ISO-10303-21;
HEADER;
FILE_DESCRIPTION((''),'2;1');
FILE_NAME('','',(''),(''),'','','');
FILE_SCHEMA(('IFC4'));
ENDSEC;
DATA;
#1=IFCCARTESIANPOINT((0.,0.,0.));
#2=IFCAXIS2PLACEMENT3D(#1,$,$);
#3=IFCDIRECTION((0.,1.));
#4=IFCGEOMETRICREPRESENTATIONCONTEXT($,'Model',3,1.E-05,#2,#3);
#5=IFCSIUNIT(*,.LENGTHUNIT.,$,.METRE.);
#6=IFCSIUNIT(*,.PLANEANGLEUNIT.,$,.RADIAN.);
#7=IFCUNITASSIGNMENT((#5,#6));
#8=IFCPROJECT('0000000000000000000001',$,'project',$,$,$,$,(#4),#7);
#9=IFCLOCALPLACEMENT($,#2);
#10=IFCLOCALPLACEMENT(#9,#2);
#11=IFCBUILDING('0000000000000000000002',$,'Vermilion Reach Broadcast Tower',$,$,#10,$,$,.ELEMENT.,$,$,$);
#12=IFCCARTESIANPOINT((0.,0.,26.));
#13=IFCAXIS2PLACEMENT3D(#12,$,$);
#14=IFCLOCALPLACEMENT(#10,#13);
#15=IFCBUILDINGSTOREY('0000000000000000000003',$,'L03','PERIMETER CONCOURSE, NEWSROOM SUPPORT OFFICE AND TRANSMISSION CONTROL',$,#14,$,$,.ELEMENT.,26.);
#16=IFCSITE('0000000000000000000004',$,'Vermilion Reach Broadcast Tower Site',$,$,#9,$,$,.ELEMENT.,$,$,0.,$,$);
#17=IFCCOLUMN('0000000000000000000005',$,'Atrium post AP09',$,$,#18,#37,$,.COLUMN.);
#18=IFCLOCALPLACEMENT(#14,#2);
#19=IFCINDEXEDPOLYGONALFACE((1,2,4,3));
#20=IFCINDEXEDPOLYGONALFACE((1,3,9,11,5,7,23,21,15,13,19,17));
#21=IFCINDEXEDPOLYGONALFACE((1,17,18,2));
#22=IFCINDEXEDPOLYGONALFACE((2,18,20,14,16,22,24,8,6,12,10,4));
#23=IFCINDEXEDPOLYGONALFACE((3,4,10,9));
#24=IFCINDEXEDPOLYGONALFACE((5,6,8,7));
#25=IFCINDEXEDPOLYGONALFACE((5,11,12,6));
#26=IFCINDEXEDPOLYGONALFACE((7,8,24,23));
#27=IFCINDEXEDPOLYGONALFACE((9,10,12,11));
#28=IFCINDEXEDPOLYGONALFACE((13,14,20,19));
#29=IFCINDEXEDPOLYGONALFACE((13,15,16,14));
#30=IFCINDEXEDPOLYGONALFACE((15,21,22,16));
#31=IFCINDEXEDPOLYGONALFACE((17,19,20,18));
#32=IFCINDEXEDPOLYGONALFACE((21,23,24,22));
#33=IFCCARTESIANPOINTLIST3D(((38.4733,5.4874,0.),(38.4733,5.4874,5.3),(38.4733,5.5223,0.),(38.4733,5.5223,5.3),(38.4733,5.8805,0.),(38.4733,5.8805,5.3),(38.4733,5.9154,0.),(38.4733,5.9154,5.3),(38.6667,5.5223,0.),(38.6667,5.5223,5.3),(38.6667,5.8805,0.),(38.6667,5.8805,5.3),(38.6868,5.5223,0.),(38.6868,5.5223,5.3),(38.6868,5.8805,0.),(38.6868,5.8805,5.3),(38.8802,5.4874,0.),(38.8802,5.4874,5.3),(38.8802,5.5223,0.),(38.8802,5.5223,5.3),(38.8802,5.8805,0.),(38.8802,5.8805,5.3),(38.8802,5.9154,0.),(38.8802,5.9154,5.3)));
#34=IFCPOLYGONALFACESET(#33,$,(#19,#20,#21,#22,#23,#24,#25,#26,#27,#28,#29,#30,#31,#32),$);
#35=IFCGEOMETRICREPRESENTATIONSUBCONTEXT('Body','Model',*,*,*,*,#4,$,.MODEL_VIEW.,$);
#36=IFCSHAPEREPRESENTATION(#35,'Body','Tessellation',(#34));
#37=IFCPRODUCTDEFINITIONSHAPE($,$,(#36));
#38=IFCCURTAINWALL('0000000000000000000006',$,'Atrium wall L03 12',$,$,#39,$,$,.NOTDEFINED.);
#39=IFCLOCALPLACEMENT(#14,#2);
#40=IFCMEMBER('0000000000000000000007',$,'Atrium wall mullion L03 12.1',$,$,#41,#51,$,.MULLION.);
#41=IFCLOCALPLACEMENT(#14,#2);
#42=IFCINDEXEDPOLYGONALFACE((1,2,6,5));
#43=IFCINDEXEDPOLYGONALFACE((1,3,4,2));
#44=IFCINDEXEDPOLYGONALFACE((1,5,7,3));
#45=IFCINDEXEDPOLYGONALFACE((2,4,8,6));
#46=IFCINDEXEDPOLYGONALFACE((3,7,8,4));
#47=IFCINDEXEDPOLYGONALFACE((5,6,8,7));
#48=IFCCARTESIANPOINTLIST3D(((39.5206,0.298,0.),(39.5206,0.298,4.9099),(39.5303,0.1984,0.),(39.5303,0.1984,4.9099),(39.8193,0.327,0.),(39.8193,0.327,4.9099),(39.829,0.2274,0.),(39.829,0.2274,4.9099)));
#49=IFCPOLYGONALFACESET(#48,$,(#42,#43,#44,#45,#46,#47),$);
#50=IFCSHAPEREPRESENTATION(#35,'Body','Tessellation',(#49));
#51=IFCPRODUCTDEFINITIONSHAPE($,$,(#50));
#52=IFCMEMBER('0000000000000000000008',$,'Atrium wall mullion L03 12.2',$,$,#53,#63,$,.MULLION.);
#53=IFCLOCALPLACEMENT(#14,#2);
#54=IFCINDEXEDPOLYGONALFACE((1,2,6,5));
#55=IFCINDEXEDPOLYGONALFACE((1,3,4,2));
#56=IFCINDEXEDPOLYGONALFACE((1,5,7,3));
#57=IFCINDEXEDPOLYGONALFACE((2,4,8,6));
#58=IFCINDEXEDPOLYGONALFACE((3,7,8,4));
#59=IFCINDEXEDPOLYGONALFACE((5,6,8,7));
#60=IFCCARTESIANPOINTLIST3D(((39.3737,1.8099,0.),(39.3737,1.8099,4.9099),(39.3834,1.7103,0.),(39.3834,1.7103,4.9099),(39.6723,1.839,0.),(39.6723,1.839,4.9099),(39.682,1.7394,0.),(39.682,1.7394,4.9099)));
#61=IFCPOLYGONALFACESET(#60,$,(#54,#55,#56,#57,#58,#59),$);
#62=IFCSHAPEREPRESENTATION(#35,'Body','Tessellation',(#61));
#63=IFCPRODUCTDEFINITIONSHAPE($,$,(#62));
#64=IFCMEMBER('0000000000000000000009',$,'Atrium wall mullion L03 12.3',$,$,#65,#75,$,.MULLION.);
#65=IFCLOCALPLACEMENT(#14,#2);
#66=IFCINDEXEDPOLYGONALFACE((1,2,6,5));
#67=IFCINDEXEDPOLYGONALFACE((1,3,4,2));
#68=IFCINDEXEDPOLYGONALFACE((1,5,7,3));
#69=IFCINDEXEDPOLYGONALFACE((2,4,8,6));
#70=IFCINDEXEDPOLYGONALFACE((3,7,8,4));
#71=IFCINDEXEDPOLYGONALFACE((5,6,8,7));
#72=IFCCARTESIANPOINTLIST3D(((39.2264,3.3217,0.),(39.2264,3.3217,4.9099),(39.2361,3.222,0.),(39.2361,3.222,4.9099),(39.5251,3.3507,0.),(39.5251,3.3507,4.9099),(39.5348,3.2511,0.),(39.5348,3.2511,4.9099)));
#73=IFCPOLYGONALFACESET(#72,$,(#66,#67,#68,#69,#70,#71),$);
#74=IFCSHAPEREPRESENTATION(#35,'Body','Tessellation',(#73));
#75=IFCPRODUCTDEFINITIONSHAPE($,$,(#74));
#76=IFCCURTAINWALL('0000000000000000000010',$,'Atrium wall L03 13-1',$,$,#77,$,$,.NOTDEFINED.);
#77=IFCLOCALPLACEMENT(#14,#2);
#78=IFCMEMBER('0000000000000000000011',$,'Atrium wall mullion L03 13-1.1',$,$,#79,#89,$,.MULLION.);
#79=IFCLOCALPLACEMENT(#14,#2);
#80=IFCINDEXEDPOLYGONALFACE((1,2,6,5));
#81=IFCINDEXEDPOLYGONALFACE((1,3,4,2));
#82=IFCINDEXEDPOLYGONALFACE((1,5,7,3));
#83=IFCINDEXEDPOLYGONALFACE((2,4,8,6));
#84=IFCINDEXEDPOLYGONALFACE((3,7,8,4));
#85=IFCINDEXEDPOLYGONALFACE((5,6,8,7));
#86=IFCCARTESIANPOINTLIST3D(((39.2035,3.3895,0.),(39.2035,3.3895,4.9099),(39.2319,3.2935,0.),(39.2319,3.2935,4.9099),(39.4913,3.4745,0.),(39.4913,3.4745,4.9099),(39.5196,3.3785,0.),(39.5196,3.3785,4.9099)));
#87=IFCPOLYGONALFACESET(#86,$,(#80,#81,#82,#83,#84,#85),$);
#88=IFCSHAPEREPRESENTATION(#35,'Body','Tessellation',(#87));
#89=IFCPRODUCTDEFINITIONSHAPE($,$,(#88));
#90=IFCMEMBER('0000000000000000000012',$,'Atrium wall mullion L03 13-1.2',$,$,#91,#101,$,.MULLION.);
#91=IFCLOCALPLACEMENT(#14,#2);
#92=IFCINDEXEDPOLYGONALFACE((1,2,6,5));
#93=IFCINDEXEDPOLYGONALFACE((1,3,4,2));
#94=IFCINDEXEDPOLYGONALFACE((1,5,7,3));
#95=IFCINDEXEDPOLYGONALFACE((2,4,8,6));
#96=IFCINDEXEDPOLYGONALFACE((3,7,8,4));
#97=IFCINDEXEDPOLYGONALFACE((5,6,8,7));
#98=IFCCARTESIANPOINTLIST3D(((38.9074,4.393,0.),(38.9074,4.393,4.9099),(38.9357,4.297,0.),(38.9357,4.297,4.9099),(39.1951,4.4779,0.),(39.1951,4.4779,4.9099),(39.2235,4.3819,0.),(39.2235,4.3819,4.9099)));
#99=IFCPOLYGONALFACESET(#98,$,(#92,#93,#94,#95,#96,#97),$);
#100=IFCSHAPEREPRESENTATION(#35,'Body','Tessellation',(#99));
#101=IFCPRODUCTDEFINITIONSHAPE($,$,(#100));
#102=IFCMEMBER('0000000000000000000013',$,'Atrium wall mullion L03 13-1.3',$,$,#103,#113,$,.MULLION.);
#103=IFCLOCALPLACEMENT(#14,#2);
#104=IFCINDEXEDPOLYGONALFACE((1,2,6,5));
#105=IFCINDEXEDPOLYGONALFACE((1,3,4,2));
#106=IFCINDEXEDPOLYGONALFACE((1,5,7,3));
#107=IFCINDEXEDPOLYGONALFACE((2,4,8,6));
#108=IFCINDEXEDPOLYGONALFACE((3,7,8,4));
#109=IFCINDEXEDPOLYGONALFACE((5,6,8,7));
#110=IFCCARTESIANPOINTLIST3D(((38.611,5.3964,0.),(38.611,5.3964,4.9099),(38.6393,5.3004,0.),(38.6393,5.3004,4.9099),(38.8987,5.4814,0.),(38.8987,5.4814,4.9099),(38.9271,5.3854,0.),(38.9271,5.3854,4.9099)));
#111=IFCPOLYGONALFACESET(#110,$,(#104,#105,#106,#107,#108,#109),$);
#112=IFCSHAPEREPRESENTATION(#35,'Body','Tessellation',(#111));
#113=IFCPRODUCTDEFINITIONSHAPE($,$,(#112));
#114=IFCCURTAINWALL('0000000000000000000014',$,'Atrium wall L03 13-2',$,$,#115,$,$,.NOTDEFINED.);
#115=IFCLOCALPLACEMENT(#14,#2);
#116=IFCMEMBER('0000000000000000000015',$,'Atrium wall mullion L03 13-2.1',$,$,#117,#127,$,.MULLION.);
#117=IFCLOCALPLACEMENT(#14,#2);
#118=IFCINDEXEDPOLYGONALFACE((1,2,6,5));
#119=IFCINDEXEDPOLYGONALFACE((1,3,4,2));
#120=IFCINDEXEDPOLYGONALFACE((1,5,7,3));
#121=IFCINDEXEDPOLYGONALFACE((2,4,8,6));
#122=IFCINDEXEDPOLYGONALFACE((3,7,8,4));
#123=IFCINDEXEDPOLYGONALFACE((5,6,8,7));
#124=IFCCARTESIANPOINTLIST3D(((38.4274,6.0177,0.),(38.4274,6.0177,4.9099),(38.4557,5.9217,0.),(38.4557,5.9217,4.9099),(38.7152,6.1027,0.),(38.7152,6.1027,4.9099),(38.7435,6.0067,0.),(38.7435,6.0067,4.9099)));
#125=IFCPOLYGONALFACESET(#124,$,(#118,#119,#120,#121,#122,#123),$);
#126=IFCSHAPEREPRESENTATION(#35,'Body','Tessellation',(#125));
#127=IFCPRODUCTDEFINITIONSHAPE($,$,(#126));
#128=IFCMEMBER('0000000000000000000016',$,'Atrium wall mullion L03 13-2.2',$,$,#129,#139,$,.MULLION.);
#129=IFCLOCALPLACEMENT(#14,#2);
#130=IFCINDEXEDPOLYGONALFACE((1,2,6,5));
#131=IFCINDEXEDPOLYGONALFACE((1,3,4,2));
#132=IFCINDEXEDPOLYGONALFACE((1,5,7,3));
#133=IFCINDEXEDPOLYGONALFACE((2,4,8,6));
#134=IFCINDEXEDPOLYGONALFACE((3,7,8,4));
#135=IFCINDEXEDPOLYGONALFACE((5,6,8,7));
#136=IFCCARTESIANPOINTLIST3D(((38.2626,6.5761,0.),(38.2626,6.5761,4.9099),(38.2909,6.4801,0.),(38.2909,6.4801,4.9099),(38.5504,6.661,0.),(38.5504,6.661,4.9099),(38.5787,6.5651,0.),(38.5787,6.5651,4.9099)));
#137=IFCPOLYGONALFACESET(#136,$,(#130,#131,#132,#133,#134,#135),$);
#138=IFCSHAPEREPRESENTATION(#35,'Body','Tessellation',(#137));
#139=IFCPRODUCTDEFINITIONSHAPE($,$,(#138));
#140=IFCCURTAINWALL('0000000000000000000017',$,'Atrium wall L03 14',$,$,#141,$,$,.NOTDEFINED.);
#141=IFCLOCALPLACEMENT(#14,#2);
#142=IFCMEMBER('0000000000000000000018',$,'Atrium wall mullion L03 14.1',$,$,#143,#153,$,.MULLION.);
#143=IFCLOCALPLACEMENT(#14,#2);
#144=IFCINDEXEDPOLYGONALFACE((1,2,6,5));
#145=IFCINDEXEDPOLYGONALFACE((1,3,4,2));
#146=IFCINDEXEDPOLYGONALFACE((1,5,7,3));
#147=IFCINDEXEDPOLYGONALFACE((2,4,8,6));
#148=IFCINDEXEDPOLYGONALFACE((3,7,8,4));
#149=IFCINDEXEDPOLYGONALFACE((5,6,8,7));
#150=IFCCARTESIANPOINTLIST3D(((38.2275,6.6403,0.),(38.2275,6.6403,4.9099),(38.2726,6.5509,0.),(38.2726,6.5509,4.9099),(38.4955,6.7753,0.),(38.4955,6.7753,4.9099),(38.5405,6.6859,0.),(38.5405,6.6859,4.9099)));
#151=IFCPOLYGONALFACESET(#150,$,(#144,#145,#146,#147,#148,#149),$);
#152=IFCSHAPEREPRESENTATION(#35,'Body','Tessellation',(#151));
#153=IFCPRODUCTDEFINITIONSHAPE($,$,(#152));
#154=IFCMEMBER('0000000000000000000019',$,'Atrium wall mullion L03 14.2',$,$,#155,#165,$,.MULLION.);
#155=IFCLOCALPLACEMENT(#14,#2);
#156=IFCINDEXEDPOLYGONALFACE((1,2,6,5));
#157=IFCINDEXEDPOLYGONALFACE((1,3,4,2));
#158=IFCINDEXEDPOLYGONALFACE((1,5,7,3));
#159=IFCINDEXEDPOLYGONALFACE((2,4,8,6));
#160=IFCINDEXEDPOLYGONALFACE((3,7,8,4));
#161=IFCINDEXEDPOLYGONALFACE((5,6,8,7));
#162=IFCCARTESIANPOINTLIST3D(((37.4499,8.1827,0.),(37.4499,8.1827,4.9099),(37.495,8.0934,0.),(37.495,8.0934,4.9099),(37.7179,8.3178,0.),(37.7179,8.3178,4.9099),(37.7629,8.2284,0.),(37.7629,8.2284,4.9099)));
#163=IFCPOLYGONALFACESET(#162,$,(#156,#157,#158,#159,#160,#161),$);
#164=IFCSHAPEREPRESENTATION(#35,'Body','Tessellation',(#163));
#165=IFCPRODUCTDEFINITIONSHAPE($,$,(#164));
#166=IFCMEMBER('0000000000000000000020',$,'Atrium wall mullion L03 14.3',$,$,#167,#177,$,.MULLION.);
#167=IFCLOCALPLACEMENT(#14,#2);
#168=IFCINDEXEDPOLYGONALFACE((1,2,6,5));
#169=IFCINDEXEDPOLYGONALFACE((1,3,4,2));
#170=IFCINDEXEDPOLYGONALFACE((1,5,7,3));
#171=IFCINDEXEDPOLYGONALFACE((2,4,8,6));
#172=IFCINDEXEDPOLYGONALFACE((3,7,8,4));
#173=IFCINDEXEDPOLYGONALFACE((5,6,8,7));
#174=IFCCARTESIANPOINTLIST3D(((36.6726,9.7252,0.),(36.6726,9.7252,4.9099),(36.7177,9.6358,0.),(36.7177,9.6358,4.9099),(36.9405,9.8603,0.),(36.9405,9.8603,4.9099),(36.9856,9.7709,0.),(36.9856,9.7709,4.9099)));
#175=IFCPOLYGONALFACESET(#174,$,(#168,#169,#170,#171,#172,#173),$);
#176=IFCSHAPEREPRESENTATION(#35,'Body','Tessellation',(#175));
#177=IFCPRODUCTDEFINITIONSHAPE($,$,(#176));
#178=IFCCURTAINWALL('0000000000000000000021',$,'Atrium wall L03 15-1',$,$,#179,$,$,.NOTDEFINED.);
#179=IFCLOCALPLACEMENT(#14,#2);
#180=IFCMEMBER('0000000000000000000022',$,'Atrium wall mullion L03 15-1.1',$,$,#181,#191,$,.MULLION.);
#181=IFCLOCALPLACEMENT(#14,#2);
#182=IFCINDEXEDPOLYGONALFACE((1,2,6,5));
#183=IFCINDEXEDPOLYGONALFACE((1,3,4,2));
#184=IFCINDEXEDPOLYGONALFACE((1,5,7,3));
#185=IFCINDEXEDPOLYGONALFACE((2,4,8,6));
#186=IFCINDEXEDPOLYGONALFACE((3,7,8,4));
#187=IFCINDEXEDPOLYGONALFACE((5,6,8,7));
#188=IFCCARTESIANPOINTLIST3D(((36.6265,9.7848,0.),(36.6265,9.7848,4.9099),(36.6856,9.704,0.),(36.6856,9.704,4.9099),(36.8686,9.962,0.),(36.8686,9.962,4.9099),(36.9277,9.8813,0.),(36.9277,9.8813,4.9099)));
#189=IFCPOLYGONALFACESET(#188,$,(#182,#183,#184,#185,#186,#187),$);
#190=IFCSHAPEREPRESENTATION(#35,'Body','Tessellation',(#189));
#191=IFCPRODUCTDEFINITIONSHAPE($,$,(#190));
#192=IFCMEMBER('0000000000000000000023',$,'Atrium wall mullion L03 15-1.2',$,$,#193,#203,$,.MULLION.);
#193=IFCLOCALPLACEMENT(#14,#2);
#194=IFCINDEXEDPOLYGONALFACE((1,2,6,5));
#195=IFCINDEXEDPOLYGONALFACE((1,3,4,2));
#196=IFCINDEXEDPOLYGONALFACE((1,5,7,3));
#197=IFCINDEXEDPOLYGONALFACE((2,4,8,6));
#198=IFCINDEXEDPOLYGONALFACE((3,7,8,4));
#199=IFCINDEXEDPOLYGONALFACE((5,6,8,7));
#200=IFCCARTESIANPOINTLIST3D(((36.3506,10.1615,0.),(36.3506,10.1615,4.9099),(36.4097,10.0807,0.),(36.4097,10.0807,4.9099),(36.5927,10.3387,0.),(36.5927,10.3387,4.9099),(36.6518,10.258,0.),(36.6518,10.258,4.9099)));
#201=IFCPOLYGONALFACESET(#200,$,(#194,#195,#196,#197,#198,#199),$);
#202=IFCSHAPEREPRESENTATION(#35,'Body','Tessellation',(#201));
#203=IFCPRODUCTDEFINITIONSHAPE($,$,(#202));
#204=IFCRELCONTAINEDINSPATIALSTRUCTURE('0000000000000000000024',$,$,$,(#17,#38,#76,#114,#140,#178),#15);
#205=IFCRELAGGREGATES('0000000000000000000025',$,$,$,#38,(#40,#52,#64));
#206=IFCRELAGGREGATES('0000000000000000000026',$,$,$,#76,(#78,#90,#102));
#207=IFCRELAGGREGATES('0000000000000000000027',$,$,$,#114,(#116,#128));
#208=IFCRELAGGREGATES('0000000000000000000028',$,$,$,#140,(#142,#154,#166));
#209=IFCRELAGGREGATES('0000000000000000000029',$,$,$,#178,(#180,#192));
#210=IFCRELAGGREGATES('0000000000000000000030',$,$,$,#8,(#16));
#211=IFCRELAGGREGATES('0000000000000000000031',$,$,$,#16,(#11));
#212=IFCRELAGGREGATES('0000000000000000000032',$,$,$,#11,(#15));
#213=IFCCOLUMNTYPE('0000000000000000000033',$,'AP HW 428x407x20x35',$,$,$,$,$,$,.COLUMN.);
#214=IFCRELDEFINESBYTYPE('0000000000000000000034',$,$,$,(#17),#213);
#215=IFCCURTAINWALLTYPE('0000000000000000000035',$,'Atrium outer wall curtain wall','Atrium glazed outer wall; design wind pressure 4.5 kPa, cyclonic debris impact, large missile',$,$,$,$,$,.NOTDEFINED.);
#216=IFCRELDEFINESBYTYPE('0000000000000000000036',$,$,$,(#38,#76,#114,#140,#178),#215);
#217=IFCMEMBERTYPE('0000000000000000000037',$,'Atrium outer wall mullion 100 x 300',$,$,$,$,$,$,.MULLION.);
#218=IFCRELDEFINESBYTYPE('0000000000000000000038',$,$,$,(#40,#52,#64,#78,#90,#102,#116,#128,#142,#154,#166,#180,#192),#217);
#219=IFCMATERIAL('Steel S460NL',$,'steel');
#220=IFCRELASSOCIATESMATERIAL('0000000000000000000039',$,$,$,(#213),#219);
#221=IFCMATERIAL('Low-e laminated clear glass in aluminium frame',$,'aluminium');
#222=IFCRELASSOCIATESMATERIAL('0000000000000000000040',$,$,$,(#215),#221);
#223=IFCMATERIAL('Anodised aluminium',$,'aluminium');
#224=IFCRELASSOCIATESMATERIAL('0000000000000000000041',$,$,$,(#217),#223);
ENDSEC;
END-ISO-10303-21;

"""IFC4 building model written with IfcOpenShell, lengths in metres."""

from ifc_helpers import new_model, si_unit, direction, frame, origin, origin_2d, place, context, subcontext, project, spatial, rectangle, i_section, extrude, material, material_profile, profile_set, type_object, element, aggregate, save


model = new_model("IFC4")

# Units and contexts
model_context = context("Model", 3, precision=1e-05, world=origin(), true_north=direction((0.0, 1.0)))
body_context = subcontext(model_context, "Body", "Model", "MODEL_VIEW")
ifc_project = project(units=[si_unit("LENGTHUNIT", "METRE"), si_unit("PLANEANGLEUNIT", "RADIAN")], contexts=[model_context])

# Site, building, storey
site_placement = place(None, origin())
site = spatial("IfcSite", under=ifc_project, at=site_placement, Name="Vermilion Reach Broadcast Tower Site", CompositionType="ELEMENT", RefElevation=0.0)
building_placement = place(site_placement, origin())
building = spatial("IfcBuilding", under=site, at=building_placement, Name="Vermilion Reach Broadcast Tower", CompositionType="ELEMENT")
storey_placement = place(building_placement, frame((0.0, 0.0, 26.0)))
storey = spatial("IfcBuildingStorey", under=building, at=storey_placement, Name="L03", Description="PERIMETER CONCOURSE, NEWSROOM SUPPORT OFFICE AND TRANSMISSION CONTROL", CompositionType="ELEMENT", Elevation=26.0)

# Column
ifc_material_1 = material(Name="Steel S460NL", Category="steel")
ifc_material_profile_1 = material_profile(ifc_material_1, i_section(OverallWidth=0.407, OverallDepth=0.428, WebThickness=0.02, FlangeThickness=0.0349, at=origin_2d()), Name="S460NL HW 428x407x20x35")
ifc_profile_set_1 = profile_set([ifc_material_profile_1], Name="Steel S460NL")
column_type = type_object("IfcColumnType", Name="AP HW 428x407x20x35", PredefinedType="COLUMN", material=ifc_profile_set_1)
column_placement = place(storey_placement, frame((38.6768, 5.7014, 0.0), z_axis=(0.0, 0.0, 1.0), x_axis=(1.0, 0.0, 0.0)))
element("IfcColumn", 1, at=column_placement, inside=storey, type_object=column_type, Name="Atrium post AP09", PredefinedType="COLUMN", context=body_context, shape_type="SweptSolid", body=[
    extrude(i_section(OverallWidth=0.407, OverallDepth=0.428, WebThickness=0.02, FlangeThickness=0.0349, at=origin_2d()), origin(), (0.0, 0.0, 1.0), 5.3),
])

# Curtain walls, members
ifc_material_2 = material(Name="Low-e laminated clear glass in aluminium frame", Category="aluminium")
curtain_wall_type = type_object("IfcCurtainWallType", Name="Atrium outer wall curtain wall", Description="Atrium glazed outer wall; design wind pressure 4.5 kPa, cyclonic debris impact, large missile", PredefinedType="NOTDEFINED", material=ifc_material_2)
placement = place(storey_placement, origin())
curtain_wall_1 = element("IfcCurtainWall", 2, at=placement, inside=storey, type_object=curtain_wall_type, Name="Atrium wall L03 12", PredefinedType="NOTDEFINED")
ifc_material_3 = material(Name="Anodised aluminium", Category="aluminium")
ifc_material_profile_2 = material_profile(ifc_material_3, rectangle(XDim=0.3, YDim=0.1001, at=origin_2d()), Name="Atrium outer wall mullion 100 x 300")
ifc_profile_set_2 = profile_set([ifc_material_profile_2], Name="Anodised aluminium")
member_type_1 = type_object("IfcMemberType", Name="Atrium outer wall mullion 100 x 300", PredefinedType="MULLION", material=ifc_profile_set_2)
member_1_placement = place(storey_placement, frame((39.6748, 0.2627, 0.0), z_axis=(0.0, 0.0, 1.0), x_axis=(-0.995298, -0.096861, 0.0)))
member_1 = element("IfcMember", 3, at=member_1_placement, type_object=member_type_1, Name="Atrium wall mullion L03 12.1", PredefinedType="MULLION", context=body_context, shape_type="SweptSolid", body=[
    extrude(rectangle(XDim=0.3, YDim=0.1001, at=origin_2d()), origin(), (0.0, 0.0, 1.0), 4.9099),
])
member_2_placement = place(storey_placement, frame((39.5278, 1.7747, 0.0), z_axis=(0.0, 0.0, 1.0), x_axis=(-0.995298, -0.096861, 0.0)))
member_2 = element("IfcMember", 4, at=member_2_placement, type_object=member_type_1, Name="Atrium wall mullion L03 12.2", PredefinedType="MULLION", context=body_context, shape_type="SweptSolid", body=[
    extrude(rectangle(XDim=0.3, YDim=0.1001, at=origin_2d()), origin(), (0.0, 0.0, 1.0), 4.9099),
])
member_3_placement = place(storey_placement, frame((39.3806, 3.2864, 0.0), z_axis=(0.0, 0.0, 1.0), x_axis=(-0.995298, -0.096861, 0.0)))
member_3 = element("IfcMember", 5, at=member_3_placement, type_object=member_type_1, Name="Atrium wall mullion L03 12.3", PredefinedType="MULLION", context=body_context, shape_type="SweptSolid", body=[
    extrude(rectangle(XDim=0.3, YDim=0.1001, at=origin_2d()), origin(), (0.0, 0.0, 1.0), 4.9099),
])
curtain_wall_2 = element("IfcCurtainWall", 6, at=placement, inside=storey, type_object=curtain_wall_type, Name="Atrium wall L03 13-1", PredefinedType="NOTDEFINED")
member_4_placement = place(storey_placement, frame((39.3616, 3.384, 0.0), z_axis=(0.0, 0.0, 1.0), x_axis=(-0.959048, -0.283245, 0.0)))
member_4 = element("IfcMember", 7, at=member_4_placement, type_object=member_type_1, Name="Atrium wall mullion L03 13-1.1", PredefinedType="MULLION", context=body_context, shape_type="SweptSolid", body=[
    extrude(rectangle(XDim=0.3, YDim=0.1001, at=origin_2d()), origin(), (0.0, 0.0, 1.0), 4.9099),
])
member_5_placement = place(storey_placement, frame((39.0654, 4.3875, 0.0), z_axis=(0.0, 0.0, 1.0), x_axis=(-0.959048, -0.283245, 0.0)))
member_5 = element("IfcMember", 8, at=member_5_placement, type_object=member_type_1, Name="Atrium wall mullion L03 13-1.2", PredefinedType="MULLION", context=body_context, shape_type="SweptSolid", body=[
    extrude(rectangle(XDim=0.3, YDim=0.1001, at=origin_2d()), origin(), (0.0, 0.0, 1.0), 4.9099),
])
member_6_placement = place(storey_placement, frame((38.769, 5.3909, 0.0), z_axis=(0.0, 0.0, 1.0), x_axis=(-0.959048, -0.283245, 0.0)))
member_6 = element("IfcMember", 9, at=member_6_placement, type_object=member_type_1, Name="Atrium wall mullion L03 13-1.3", PredefinedType="MULLION", context=body_context, shape_type="SweptSolid", body=[
    extrude(rectangle(XDim=0.3, YDim=0.1001, at=origin_2d()), origin(), (0.0, 0.0, 1.0), 4.9099),
])
curtain_wall_3 = element("IfcCurtainWall", 10, at=placement, inside=storey, type_object=curtain_wall_type, Name="Atrium wall L03 13-2", PredefinedType="NOTDEFINED")
member_7_placement = place(storey_placement, frame((38.5854, 6.0122, 0.0), z_axis=(0.0, 0.0, 1.0), x_axis=(-0.959048, -0.283245, 0.0)))
member_7 = element("IfcMember", 11, at=member_7_placement, type_object=member_type_1, Name="Atrium wall mullion L03 13-2.1", PredefinedType="MULLION", context=body_context, shape_type="SweptSolid", body=[
    extrude(rectangle(XDim=0.3, YDim=0.1001, at=origin_2d()), origin(), (0.0, 0.0, 1.0), 4.9099),
])
member_8_placement = place(storey_placement, frame((38.4207, 6.5706, 0.0), z_axis=(0.0, 0.0, 1.0), x_axis=(-0.959048, -0.283245, 0.0)))
member_8 = element("IfcMember", 12, at=member_8_placement, type_object=member_type_1, Name="Atrium wall mullion L03 13-2.2", PredefinedType="MULLION", context=body_context, shape_type="SweptSolid", body=[
    extrude(rectangle(XDim=0.3, YDim=0.1001, at=origin_2d()), origin(), (0.0, 0.0, 1.0), 4.9099),
])
curtain_wall_4 = element("IfcCurtainWall", 13, at=placement, inside=storey, type_object=curtain_wall_type, Name="Atrium wall L03 14", PredefinedType="NOTDEFINED")
member_9_placement = place(storey_placement, frame((38.384, 6.6631, 0.0), z_axis=(0.0, 0.0, 1.0), x_axis=(-0.892992, -0.450072, 0.0)))
member_9 = element("IfcMember", 14, at=member_9_placement, type_object=member_type_1, Name="Atrium wall mullion L03 14.1", PredefinedType="MULLION", context=body_context, shape_type="SweptSolid", body=[
    extrude(rectangle(XDim=0.3, YDim=0.1001, at=origin_2d()), origin(), (0.0, 0.0, 1.0), 4.9099),
])
member_10_placement = place(storey_placement, frame((37.6064, 8.2056, 0.0), z_axis=(0.0, 0.0, 1.0), x_axis=(-0.892992, -0.450072, 0.0)))
member_10 = element("IfcMember", 15, at=member_10_placement, type_object=member_type_1, Name="Atrium wall mullion L03 14.2", PredefinedType="MULLION", context=body_context, shape_type="SweptSolid", body=[
    extrude(rectangle(XDim=0.3, YDim=0.1001, at=origin_2d()), origin(), (0.0, 0.0, 1.0), 4.9099),
])
member_11_placement = place(storey_placement, frame((36.8291, 9.748, 0.0), z_axis=(0.0, 0.0, 1.0), x_axis=(-0.892992, -0.450072, 0.0)))
member_11 = element("IfcMember", 16, at=member_11_placement, type_object=member_type_1, Name="Atrium wall mullion L03 14.3", PredefinedType="MULLION", context=body_context, shape_type="SweptSolid", body=[
    extrude(rectangle(XDim=0.3, YDim=0.1001, at=origin_2d()), origin(), (0.0, 0.0, 1.0), 4.9099),
])
curtain_wall_5 = element("IfcCurtainWall", 17, at=placement, inside=storey, type_object=curtain_wall_type, Name="Atrium wall L03 15-1", PredefinedType="NOTDEFINED")
member_12_placement = place(storey_placement, frame((36.7771, 9.833, 0.0), z_axis=(0.0, 0.0, 1.0), x_axis=(-0.806847, -0.59076, 0.0)))
member_12 = element("IfcMember", 18, at=member_12_placement, type_object=member_type_1, Name="Atrium wall mullion L03 15-1.1", PredefinedType="MULLION", context=body_context, shape_type="SweptSolid", body=[
    extrude(rectangle(XDim=0.3, YDim=0.1001, at=origin_2d()), origin(), (0.0, 0.0, 1.0), 4.9099),
])
member_13_placement = place(storey_placement, frame((36.5012, 10.2097, 0.0), z_axis=(0.0, 0.0, 1.0), x_axis=(-0.806847, -0.59076, 0.0)))
member_13 = element("IfcMember", 19, at=member_13_placement, type_object=member_type_1, Name="Atrium wall mullion L03 15-1.2", PredefinedType="MULLION", context=body_context, shape_type="SweptSolid", body=[
    extrude(rectangle(XDim=0.3, YDim=0.1001, at=origin_2d()), origin(), (0.0, 0.0, 1.0), 4.9099),
])

aggregate(curtain_wall_1, [member_1, member_2, member_3])
aggregate(curtain_wall_2, [member_4, member_5, member_6])
aggregate(curtain_wall_3, [member_7, member_8])
aggregate(curtain_wall_4, [member_9, member_10, member_11])
aggregate(curtain_wall_5, [member_12, member_13])

save(model, "model.ifc")
